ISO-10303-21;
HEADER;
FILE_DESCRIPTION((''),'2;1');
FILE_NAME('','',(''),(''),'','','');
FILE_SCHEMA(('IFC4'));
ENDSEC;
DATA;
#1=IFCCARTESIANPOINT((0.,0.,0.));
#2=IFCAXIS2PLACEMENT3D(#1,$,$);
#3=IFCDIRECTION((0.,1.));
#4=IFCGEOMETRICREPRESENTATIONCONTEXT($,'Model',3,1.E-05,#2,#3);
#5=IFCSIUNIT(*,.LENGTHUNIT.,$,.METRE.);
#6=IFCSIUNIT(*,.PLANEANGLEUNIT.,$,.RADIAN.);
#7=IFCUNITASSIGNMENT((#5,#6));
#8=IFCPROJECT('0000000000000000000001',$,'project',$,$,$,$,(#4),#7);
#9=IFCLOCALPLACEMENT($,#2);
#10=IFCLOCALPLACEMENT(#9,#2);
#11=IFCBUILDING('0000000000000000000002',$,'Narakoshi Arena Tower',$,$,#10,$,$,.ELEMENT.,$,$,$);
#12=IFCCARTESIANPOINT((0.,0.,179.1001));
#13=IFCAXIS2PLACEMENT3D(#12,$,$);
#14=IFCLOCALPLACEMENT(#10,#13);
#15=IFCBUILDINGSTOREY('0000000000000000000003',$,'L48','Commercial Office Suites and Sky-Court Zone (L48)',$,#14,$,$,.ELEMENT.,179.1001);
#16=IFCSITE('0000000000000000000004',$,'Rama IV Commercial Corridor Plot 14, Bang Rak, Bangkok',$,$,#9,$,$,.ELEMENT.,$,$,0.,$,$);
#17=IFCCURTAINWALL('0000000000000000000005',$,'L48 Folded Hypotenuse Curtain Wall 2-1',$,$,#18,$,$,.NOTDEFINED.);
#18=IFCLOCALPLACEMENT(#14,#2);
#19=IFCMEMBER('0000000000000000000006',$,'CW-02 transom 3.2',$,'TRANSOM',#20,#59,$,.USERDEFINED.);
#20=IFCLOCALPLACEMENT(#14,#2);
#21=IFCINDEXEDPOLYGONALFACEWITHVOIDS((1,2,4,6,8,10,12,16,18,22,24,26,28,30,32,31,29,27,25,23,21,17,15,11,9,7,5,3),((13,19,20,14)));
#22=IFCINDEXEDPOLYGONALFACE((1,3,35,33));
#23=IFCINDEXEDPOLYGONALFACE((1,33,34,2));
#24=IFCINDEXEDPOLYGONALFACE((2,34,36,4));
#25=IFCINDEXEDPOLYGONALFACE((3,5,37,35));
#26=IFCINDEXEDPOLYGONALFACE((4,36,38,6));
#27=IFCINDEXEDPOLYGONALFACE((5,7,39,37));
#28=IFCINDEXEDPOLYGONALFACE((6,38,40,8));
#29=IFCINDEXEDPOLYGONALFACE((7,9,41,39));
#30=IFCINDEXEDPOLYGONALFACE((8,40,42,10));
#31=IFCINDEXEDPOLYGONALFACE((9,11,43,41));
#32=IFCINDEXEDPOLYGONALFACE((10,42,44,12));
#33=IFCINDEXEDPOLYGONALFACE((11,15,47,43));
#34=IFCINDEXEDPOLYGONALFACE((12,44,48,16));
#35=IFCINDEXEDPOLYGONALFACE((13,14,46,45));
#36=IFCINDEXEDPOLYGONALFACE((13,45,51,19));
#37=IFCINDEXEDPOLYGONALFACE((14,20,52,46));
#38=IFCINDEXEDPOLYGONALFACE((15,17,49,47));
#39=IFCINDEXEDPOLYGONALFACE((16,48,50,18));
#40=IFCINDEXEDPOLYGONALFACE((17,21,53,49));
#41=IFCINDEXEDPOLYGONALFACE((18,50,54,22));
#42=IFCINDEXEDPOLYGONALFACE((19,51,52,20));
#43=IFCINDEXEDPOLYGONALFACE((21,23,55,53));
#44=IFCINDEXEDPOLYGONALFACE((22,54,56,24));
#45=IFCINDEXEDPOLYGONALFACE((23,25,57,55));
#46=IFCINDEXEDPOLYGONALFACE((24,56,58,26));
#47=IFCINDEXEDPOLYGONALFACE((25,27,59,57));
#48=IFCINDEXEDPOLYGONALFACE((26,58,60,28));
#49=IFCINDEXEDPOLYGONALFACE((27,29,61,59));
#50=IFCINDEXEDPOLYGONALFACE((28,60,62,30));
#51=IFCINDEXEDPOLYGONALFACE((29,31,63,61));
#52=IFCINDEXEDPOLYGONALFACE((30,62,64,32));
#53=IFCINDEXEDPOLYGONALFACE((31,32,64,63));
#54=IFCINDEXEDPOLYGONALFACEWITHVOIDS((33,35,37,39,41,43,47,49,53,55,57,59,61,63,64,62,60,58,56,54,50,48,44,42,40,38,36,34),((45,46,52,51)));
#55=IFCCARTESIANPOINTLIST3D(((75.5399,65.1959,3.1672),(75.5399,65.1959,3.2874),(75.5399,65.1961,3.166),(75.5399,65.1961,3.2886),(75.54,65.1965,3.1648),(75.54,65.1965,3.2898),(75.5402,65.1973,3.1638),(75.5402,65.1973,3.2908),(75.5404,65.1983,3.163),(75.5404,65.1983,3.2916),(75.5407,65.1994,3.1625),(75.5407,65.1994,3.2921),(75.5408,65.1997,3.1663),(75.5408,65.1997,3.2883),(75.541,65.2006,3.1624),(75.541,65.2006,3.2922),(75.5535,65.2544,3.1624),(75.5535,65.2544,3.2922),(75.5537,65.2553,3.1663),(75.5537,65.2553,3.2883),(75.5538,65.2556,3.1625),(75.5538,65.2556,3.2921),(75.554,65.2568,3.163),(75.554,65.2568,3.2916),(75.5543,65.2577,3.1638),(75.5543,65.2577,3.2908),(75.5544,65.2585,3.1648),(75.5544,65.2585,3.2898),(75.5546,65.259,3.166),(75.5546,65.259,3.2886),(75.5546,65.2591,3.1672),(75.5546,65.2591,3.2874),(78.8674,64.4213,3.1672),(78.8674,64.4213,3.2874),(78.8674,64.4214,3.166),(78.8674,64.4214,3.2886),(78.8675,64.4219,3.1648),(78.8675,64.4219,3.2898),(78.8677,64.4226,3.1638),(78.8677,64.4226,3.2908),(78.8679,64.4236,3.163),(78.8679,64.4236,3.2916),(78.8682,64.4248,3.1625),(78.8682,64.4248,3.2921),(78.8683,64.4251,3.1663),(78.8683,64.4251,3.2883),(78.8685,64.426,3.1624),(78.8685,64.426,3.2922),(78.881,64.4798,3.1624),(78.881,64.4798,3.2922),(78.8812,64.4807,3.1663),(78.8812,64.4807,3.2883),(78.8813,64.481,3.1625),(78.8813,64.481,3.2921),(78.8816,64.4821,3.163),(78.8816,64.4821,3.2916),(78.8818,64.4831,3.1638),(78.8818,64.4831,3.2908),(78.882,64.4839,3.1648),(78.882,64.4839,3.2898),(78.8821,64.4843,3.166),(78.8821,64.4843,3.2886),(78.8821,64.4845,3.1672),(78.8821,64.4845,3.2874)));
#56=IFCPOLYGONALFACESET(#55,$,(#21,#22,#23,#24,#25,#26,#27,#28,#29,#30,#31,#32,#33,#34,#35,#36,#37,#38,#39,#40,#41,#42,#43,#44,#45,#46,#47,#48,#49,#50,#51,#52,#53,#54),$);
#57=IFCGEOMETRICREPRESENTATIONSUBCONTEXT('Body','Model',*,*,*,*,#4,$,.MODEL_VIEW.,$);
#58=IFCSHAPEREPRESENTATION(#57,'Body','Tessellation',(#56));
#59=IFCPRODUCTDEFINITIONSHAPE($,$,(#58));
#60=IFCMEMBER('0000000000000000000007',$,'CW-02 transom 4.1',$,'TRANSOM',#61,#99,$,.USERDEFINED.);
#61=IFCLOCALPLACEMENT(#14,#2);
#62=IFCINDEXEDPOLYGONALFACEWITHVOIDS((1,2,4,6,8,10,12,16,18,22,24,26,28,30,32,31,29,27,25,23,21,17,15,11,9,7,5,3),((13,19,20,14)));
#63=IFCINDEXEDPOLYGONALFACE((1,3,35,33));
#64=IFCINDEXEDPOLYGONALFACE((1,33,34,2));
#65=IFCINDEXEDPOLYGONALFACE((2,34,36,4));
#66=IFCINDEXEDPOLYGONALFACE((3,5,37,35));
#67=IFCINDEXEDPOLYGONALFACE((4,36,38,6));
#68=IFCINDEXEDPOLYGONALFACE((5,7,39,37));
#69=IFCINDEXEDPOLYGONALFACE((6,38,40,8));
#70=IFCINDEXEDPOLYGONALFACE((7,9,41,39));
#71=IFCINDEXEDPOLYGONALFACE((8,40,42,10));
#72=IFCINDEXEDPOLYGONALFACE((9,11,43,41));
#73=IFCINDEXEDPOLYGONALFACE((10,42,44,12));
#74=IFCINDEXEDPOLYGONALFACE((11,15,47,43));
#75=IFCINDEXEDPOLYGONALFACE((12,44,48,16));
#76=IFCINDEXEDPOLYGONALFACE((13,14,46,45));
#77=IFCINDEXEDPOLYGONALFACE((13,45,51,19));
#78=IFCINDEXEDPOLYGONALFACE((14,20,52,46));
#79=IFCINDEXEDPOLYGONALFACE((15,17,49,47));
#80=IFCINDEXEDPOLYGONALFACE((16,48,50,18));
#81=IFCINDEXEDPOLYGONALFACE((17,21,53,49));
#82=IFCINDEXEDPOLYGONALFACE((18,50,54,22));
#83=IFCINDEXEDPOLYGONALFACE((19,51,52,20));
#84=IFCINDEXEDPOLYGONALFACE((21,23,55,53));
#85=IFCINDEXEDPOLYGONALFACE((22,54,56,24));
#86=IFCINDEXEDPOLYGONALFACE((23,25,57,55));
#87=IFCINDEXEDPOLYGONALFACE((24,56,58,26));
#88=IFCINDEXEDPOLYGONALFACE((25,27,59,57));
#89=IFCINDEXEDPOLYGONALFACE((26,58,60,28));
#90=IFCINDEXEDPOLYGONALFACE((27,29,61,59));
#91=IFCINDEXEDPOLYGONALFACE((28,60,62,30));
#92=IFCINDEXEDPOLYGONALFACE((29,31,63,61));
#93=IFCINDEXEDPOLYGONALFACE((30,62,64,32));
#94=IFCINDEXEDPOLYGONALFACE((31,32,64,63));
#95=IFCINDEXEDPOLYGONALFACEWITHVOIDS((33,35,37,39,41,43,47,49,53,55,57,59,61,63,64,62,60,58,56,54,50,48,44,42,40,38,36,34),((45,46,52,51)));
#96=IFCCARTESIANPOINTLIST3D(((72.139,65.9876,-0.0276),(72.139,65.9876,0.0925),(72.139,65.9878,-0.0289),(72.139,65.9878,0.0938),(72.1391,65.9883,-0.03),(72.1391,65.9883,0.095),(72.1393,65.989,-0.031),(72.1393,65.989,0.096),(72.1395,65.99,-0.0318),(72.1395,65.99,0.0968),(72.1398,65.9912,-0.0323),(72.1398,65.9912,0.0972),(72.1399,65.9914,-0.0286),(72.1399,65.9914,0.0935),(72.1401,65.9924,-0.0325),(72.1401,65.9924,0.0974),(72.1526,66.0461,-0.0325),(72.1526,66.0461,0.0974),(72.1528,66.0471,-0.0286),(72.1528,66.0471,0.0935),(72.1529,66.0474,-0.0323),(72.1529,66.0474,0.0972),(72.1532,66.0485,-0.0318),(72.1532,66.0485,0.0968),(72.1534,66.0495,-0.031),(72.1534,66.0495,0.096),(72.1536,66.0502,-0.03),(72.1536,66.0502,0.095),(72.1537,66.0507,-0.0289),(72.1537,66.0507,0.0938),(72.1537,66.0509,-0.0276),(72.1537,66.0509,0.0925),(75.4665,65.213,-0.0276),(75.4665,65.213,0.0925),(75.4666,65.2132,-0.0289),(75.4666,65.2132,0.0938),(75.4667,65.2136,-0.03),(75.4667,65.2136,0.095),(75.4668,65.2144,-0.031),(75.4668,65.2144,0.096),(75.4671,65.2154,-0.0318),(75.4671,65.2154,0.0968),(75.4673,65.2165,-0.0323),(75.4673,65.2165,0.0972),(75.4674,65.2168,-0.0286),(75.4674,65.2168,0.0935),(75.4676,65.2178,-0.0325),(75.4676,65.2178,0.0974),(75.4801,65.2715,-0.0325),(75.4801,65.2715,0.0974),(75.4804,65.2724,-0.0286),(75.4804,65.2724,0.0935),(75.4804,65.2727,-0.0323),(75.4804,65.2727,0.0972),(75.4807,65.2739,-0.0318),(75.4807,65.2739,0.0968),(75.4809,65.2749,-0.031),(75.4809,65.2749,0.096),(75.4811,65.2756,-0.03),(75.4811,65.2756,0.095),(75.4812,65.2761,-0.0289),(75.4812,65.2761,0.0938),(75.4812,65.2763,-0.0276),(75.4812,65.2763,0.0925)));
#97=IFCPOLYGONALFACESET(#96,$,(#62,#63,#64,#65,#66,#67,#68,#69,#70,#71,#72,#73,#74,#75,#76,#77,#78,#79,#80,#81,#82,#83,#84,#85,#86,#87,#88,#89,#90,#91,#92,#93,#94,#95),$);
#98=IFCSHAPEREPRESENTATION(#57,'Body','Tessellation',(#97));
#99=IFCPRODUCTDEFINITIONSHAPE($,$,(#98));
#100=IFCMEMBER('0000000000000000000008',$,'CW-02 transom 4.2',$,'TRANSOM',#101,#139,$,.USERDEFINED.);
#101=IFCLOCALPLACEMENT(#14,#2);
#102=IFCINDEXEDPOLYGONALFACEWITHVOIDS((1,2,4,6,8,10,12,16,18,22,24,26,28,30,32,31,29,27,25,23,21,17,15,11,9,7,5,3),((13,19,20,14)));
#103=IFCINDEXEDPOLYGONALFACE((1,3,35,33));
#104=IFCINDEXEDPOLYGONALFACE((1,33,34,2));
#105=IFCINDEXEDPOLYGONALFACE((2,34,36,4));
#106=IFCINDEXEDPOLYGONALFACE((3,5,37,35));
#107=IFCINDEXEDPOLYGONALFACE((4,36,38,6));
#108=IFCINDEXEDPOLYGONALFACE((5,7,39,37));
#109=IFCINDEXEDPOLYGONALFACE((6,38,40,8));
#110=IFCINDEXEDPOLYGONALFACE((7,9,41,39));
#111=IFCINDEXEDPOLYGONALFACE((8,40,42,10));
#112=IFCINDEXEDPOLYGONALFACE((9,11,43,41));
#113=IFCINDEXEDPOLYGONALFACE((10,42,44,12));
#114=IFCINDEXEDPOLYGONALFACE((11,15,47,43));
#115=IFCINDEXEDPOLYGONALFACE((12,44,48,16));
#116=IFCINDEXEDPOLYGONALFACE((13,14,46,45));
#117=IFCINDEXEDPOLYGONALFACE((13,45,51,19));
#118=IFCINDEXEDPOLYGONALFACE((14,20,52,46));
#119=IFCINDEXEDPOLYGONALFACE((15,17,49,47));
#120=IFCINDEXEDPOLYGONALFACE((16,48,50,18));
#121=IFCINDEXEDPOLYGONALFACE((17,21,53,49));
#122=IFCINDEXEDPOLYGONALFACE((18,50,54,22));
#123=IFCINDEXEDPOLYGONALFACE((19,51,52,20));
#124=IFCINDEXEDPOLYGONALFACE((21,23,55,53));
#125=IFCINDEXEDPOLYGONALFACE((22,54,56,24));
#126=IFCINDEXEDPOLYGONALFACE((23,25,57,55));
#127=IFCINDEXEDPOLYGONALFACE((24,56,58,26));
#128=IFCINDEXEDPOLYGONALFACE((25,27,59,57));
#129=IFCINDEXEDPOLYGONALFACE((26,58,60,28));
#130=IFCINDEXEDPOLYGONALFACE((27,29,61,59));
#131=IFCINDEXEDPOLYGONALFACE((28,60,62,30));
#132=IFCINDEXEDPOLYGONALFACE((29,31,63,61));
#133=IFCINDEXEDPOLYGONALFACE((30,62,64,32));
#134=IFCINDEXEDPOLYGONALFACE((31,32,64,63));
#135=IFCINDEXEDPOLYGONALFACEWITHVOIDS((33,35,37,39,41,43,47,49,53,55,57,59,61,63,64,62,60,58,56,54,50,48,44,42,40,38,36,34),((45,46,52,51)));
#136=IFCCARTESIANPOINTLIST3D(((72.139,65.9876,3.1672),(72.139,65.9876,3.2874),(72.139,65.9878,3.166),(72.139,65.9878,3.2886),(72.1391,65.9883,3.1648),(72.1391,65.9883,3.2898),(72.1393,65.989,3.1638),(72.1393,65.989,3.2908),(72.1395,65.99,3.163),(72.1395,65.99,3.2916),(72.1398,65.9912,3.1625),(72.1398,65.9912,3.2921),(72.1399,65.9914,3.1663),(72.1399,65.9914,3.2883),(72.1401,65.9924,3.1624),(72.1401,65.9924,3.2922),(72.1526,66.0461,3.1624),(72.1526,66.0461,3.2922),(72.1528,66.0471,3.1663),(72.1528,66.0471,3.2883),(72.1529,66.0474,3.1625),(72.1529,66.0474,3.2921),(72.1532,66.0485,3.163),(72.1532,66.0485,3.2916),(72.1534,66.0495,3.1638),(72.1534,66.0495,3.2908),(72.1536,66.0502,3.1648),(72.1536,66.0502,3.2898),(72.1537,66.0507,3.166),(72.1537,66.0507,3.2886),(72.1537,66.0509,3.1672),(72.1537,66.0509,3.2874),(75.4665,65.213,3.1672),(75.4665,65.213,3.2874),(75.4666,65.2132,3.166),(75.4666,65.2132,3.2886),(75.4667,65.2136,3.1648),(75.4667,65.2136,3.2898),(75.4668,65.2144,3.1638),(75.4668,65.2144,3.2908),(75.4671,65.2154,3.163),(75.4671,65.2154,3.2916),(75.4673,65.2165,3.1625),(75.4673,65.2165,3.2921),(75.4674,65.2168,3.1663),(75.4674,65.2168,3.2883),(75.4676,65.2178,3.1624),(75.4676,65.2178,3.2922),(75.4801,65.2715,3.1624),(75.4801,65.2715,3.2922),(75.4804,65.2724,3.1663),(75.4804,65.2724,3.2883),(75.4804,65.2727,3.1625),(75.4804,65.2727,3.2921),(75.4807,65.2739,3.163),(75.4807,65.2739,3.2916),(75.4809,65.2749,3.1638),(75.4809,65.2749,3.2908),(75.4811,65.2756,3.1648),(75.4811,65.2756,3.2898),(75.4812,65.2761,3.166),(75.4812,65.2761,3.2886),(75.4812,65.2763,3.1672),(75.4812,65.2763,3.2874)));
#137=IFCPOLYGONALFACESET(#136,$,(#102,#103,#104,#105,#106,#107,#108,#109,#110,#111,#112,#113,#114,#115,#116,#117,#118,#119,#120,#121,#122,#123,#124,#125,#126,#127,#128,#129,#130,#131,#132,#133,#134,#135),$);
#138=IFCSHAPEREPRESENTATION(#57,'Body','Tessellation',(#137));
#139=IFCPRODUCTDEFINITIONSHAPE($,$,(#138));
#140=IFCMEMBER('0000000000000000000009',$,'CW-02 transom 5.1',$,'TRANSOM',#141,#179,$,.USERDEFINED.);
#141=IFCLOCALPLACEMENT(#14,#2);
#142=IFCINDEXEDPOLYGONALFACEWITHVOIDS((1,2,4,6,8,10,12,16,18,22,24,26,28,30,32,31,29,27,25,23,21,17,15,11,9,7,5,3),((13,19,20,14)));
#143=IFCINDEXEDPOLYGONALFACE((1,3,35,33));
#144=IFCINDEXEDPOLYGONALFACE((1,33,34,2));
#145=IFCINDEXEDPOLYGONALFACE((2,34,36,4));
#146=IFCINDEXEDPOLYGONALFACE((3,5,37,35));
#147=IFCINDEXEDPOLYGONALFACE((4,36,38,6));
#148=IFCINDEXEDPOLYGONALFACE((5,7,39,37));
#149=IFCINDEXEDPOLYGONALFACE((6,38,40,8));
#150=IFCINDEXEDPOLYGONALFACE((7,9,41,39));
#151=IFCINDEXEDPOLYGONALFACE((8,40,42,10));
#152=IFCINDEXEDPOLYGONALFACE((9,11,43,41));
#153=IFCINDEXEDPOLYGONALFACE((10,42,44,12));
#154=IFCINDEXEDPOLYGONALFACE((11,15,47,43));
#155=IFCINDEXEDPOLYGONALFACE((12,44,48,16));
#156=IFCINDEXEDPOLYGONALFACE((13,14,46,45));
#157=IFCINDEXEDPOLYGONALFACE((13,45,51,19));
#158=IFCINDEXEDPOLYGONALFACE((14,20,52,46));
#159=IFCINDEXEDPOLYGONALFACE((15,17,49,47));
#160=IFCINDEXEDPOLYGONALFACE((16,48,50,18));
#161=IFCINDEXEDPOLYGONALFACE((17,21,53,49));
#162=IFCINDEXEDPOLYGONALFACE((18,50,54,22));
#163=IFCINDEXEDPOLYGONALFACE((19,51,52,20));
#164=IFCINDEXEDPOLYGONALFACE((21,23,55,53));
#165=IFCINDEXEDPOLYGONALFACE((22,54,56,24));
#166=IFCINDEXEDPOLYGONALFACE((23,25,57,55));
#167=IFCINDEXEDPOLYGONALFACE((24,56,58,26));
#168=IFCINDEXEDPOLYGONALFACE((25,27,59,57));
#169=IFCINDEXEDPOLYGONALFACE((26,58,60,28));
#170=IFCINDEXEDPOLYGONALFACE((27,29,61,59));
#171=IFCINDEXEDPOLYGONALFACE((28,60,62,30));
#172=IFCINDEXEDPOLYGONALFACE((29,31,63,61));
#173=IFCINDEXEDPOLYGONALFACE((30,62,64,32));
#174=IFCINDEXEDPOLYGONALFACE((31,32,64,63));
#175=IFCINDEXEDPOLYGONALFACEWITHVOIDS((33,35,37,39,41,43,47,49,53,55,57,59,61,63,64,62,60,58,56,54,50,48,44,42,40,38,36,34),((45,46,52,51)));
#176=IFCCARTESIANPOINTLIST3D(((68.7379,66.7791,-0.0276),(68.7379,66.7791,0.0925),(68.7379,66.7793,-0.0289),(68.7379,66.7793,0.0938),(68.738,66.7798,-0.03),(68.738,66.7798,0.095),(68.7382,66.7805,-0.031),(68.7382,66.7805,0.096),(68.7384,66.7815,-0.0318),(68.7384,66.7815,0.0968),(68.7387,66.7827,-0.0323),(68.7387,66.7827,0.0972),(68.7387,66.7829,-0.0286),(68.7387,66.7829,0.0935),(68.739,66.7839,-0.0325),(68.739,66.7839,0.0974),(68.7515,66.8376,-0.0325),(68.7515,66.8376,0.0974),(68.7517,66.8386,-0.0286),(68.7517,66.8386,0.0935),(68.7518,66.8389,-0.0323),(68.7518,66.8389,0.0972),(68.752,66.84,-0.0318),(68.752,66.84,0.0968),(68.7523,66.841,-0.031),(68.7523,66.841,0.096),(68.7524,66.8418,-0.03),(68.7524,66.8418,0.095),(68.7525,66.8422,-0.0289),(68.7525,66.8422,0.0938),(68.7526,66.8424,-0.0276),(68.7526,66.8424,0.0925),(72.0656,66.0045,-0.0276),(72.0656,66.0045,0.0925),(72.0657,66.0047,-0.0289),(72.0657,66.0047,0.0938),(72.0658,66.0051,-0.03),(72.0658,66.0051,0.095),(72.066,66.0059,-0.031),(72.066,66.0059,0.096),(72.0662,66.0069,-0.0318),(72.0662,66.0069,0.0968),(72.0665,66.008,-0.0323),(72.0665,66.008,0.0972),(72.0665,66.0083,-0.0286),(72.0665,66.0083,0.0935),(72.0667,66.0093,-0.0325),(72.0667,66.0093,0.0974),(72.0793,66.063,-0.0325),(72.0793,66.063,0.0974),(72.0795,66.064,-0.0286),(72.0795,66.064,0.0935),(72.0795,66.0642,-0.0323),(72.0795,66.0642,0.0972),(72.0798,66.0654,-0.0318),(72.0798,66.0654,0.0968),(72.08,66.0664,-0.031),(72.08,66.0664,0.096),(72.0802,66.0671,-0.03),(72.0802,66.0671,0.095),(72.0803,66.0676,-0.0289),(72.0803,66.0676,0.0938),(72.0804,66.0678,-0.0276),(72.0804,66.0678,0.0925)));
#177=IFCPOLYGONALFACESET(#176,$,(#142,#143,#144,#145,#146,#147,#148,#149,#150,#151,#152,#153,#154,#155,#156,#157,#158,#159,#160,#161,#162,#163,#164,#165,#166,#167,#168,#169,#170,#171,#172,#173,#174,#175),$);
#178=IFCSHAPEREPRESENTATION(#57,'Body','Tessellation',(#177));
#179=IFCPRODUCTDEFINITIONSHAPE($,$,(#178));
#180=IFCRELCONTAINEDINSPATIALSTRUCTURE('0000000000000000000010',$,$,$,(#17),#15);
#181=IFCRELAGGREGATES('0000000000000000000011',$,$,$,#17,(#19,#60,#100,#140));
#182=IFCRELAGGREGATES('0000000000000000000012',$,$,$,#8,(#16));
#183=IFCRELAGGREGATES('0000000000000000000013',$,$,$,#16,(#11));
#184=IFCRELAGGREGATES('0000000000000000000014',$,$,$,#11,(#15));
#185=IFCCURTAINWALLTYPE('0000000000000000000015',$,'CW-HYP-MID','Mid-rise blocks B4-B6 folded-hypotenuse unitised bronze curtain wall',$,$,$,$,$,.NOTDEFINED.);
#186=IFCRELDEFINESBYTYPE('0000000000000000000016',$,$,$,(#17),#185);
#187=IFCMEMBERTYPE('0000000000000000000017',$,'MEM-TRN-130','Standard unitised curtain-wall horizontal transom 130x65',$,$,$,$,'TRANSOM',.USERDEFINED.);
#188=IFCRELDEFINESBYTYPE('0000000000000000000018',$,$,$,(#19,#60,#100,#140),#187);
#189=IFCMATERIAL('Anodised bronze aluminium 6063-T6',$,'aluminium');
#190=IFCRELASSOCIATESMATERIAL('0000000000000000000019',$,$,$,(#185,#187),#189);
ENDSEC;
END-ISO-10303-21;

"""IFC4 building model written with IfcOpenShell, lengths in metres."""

from ifc_helpers import new_model, si_unit, direction, frame, origin, origin_2d, place, context, subcontext, project, spatial, hollow_rectangle, extrude, material, material_profile, profile_set, type_object, element, aggregate, save


model = new_model("IFC4")

# Units and contexts
model_context = context("Model", 3, precision=1e-05, world=origin(), true_north=direction((0.0, 1.0)))
body_context = subcontext(model_context, "Body", "Model", "MODEL_VIEW")
ifc_project = project(units=[si_unit("LENGTHUNIT", "METRE"), si_unit("PLANEANGLEUNIT", "RADIAN")], contexts=[model_context])

# Site, building, storey
site_placement = place(None, origin())
site = spatial("IfcSite", under=ifc_project, at=site_placement, Name="Rama IV Commercial Corridor Plot 14, Bang Rak, Bangkok", CompositionType="ELEMENT", RefElevation=0.0)
building_placement = place(site_placement, origin())
building = spatial("IfcBuilding", under=site, at=building_placement, Name="Narakoshi Arena Tower", CompositionType="ELEMENT")
storey_placement = place(building_placement, frame((0.0, 0.0, 179.1001)))
storey = spatial("IfcBuildingStorey", under=building, at=storey_placement, Name="L48", Description="Commercial Office Suites and Sky-Court Zone (L48)", CompositionType="ELEMENT", Elevation=179.1001)

# Curtain wall, members
ifc_material_1 = material(Name="Anodised bronze aluminium 6063-T6", Category="aluminium")
curtain_wall_type = type_object("IfcCurtainWallType", Name="CW-HYP-MID", Description="Mid-rise blocks B4-B6 folded-hypotenuse unitised bronze curtain wall", PredefinedType="NOTDEFINED", material=ifc_material_1)
curtain_wall_placement = place(storey_placement, origin())
curtain_wall = element("IfcCurtainWall", 1, at=curtain_wall_placement, inside=storey, type_object=curtain_wall_type, Name="L48 Folded Hypotenuse Curtain Wall 2-1", PredefinedType="NOTDEFINED")
ifc_material_profile_1 = material_profile(ifc_material_1, hollow_rectangle(XDim=0.0649, YDim=0.1299, WallThickness=0.0039, OuterFilletRadius=0.0049, at=origin_2d()), Name="TRN130x65x4")
ifc_profile_set_1 = profile_set([ifc_material_profile_1], Name="Anodised bronze aluminium 6063-T6")
member_type_1 = type_object("IfcMemberType", Name="MEM-TRN-130", Description="Standard unitised curtain-wall horizontal transom 130x65", ElementType="TRANSOM", PredefinedType="USERDEFINED", material=ifc_profile_set_1)
member_1_placement = place(storey_placement, frame((78.8748, 64.4529, 3.2273), z_axis=(-0.973957, 0.226733, 0.0), x_axis=(-0.226733, -0.973957, 0.0)))
member_1 = element("IfcMember", 2, at=member_1_placement, type_object=member_type_1, Name="CW-02 transom 3.2", ObjectType="TRANSOM", PredefinedType="USERDEFINED", context=body_context, shape_type="SweptSolid", body=[
    extrude(hollow_rectangle(XDim=0.0649, YDim=0.1299, WallThickness=0.0039, OuterFilletRadius=0.0049, at=origin_2d()), origin(), (0.0, 0.0, 1.0), 3.4165),
])
member_2_placement = place(storey_placement, frame((75.4739, 65.2446, 0.0325), z_axis=(-0.973957, 0.226733, 0.0), x_axis=(-0.226733, -0.973957, 0.0)))
member_2 = element("IfcMember", 3, at=member_2_placement, type_object=member_type_1, Name="CW-02 transom 4.1", ObjectType="TRANSOM", PredefinedType="USERDEFINED", context=body_context, shape_type="SweptSolid", body=[
    extrude(hollow_rectangle(XDim=0.0649, YDim=0.1299, WallThickness=0.0039, OuterFilletRadius=0.0049, at=origin_2d()), origin(), (0.0, 0.0, 1.0), 3.4165),
])
member_3_placement = place(storey_placement, frame((75.4739, 65.2446, 3.2273), z_axis=(-0.973957, 0.226733, 0.0), x_axis=(-0.226733, -0.973957, 0.0)))
member_3 = element("IfcMember", 4, at=member_3_placement, type_object=member_type_1, Name="CW-02 transom 4.2", ObjectType="TRANSOM", PredefinedType="USERDEFINED", context=body_context, shape_type="SweptSolid", body=[
    extrude(hollow_rectangle(XDim=0.0649, YDim=0.1299, WallThickness=0.0039, OuterFilletRadius=0.0049, at=origin_2d()), origin(), (0.0, 0.0, 1.0), 3.4165),
])
member_4_placement = place(storey_placement, frame((72.073, 66.0361, 0.0325), z_axis=(-0.973961, 0.226717, 0.0), x_axis=(-0.226717, -0.973961, 0.0)))
member_4 = element("IfcMember", 5, at=member_4_placement, type_object=member_type_1, Name="CW-02 transom 5.1", ObjectType="TRANSOM", PredefinedType="USERDEFINED", context=body_context, shape_type="SweptSolid", body=[
    extrude(hollow_rectangle(XDim=0.0649, YDim=0.1299, WallThickness=0.0039, OuterFilletRadius=0.0049, at=origin_2d()), origin(), (0.0, 0.0, 1.0), 3.4167),
])
aggregate(curtain_wall, [member_1, member_2, member_3, member_4])

save(model, "model.ifc")
